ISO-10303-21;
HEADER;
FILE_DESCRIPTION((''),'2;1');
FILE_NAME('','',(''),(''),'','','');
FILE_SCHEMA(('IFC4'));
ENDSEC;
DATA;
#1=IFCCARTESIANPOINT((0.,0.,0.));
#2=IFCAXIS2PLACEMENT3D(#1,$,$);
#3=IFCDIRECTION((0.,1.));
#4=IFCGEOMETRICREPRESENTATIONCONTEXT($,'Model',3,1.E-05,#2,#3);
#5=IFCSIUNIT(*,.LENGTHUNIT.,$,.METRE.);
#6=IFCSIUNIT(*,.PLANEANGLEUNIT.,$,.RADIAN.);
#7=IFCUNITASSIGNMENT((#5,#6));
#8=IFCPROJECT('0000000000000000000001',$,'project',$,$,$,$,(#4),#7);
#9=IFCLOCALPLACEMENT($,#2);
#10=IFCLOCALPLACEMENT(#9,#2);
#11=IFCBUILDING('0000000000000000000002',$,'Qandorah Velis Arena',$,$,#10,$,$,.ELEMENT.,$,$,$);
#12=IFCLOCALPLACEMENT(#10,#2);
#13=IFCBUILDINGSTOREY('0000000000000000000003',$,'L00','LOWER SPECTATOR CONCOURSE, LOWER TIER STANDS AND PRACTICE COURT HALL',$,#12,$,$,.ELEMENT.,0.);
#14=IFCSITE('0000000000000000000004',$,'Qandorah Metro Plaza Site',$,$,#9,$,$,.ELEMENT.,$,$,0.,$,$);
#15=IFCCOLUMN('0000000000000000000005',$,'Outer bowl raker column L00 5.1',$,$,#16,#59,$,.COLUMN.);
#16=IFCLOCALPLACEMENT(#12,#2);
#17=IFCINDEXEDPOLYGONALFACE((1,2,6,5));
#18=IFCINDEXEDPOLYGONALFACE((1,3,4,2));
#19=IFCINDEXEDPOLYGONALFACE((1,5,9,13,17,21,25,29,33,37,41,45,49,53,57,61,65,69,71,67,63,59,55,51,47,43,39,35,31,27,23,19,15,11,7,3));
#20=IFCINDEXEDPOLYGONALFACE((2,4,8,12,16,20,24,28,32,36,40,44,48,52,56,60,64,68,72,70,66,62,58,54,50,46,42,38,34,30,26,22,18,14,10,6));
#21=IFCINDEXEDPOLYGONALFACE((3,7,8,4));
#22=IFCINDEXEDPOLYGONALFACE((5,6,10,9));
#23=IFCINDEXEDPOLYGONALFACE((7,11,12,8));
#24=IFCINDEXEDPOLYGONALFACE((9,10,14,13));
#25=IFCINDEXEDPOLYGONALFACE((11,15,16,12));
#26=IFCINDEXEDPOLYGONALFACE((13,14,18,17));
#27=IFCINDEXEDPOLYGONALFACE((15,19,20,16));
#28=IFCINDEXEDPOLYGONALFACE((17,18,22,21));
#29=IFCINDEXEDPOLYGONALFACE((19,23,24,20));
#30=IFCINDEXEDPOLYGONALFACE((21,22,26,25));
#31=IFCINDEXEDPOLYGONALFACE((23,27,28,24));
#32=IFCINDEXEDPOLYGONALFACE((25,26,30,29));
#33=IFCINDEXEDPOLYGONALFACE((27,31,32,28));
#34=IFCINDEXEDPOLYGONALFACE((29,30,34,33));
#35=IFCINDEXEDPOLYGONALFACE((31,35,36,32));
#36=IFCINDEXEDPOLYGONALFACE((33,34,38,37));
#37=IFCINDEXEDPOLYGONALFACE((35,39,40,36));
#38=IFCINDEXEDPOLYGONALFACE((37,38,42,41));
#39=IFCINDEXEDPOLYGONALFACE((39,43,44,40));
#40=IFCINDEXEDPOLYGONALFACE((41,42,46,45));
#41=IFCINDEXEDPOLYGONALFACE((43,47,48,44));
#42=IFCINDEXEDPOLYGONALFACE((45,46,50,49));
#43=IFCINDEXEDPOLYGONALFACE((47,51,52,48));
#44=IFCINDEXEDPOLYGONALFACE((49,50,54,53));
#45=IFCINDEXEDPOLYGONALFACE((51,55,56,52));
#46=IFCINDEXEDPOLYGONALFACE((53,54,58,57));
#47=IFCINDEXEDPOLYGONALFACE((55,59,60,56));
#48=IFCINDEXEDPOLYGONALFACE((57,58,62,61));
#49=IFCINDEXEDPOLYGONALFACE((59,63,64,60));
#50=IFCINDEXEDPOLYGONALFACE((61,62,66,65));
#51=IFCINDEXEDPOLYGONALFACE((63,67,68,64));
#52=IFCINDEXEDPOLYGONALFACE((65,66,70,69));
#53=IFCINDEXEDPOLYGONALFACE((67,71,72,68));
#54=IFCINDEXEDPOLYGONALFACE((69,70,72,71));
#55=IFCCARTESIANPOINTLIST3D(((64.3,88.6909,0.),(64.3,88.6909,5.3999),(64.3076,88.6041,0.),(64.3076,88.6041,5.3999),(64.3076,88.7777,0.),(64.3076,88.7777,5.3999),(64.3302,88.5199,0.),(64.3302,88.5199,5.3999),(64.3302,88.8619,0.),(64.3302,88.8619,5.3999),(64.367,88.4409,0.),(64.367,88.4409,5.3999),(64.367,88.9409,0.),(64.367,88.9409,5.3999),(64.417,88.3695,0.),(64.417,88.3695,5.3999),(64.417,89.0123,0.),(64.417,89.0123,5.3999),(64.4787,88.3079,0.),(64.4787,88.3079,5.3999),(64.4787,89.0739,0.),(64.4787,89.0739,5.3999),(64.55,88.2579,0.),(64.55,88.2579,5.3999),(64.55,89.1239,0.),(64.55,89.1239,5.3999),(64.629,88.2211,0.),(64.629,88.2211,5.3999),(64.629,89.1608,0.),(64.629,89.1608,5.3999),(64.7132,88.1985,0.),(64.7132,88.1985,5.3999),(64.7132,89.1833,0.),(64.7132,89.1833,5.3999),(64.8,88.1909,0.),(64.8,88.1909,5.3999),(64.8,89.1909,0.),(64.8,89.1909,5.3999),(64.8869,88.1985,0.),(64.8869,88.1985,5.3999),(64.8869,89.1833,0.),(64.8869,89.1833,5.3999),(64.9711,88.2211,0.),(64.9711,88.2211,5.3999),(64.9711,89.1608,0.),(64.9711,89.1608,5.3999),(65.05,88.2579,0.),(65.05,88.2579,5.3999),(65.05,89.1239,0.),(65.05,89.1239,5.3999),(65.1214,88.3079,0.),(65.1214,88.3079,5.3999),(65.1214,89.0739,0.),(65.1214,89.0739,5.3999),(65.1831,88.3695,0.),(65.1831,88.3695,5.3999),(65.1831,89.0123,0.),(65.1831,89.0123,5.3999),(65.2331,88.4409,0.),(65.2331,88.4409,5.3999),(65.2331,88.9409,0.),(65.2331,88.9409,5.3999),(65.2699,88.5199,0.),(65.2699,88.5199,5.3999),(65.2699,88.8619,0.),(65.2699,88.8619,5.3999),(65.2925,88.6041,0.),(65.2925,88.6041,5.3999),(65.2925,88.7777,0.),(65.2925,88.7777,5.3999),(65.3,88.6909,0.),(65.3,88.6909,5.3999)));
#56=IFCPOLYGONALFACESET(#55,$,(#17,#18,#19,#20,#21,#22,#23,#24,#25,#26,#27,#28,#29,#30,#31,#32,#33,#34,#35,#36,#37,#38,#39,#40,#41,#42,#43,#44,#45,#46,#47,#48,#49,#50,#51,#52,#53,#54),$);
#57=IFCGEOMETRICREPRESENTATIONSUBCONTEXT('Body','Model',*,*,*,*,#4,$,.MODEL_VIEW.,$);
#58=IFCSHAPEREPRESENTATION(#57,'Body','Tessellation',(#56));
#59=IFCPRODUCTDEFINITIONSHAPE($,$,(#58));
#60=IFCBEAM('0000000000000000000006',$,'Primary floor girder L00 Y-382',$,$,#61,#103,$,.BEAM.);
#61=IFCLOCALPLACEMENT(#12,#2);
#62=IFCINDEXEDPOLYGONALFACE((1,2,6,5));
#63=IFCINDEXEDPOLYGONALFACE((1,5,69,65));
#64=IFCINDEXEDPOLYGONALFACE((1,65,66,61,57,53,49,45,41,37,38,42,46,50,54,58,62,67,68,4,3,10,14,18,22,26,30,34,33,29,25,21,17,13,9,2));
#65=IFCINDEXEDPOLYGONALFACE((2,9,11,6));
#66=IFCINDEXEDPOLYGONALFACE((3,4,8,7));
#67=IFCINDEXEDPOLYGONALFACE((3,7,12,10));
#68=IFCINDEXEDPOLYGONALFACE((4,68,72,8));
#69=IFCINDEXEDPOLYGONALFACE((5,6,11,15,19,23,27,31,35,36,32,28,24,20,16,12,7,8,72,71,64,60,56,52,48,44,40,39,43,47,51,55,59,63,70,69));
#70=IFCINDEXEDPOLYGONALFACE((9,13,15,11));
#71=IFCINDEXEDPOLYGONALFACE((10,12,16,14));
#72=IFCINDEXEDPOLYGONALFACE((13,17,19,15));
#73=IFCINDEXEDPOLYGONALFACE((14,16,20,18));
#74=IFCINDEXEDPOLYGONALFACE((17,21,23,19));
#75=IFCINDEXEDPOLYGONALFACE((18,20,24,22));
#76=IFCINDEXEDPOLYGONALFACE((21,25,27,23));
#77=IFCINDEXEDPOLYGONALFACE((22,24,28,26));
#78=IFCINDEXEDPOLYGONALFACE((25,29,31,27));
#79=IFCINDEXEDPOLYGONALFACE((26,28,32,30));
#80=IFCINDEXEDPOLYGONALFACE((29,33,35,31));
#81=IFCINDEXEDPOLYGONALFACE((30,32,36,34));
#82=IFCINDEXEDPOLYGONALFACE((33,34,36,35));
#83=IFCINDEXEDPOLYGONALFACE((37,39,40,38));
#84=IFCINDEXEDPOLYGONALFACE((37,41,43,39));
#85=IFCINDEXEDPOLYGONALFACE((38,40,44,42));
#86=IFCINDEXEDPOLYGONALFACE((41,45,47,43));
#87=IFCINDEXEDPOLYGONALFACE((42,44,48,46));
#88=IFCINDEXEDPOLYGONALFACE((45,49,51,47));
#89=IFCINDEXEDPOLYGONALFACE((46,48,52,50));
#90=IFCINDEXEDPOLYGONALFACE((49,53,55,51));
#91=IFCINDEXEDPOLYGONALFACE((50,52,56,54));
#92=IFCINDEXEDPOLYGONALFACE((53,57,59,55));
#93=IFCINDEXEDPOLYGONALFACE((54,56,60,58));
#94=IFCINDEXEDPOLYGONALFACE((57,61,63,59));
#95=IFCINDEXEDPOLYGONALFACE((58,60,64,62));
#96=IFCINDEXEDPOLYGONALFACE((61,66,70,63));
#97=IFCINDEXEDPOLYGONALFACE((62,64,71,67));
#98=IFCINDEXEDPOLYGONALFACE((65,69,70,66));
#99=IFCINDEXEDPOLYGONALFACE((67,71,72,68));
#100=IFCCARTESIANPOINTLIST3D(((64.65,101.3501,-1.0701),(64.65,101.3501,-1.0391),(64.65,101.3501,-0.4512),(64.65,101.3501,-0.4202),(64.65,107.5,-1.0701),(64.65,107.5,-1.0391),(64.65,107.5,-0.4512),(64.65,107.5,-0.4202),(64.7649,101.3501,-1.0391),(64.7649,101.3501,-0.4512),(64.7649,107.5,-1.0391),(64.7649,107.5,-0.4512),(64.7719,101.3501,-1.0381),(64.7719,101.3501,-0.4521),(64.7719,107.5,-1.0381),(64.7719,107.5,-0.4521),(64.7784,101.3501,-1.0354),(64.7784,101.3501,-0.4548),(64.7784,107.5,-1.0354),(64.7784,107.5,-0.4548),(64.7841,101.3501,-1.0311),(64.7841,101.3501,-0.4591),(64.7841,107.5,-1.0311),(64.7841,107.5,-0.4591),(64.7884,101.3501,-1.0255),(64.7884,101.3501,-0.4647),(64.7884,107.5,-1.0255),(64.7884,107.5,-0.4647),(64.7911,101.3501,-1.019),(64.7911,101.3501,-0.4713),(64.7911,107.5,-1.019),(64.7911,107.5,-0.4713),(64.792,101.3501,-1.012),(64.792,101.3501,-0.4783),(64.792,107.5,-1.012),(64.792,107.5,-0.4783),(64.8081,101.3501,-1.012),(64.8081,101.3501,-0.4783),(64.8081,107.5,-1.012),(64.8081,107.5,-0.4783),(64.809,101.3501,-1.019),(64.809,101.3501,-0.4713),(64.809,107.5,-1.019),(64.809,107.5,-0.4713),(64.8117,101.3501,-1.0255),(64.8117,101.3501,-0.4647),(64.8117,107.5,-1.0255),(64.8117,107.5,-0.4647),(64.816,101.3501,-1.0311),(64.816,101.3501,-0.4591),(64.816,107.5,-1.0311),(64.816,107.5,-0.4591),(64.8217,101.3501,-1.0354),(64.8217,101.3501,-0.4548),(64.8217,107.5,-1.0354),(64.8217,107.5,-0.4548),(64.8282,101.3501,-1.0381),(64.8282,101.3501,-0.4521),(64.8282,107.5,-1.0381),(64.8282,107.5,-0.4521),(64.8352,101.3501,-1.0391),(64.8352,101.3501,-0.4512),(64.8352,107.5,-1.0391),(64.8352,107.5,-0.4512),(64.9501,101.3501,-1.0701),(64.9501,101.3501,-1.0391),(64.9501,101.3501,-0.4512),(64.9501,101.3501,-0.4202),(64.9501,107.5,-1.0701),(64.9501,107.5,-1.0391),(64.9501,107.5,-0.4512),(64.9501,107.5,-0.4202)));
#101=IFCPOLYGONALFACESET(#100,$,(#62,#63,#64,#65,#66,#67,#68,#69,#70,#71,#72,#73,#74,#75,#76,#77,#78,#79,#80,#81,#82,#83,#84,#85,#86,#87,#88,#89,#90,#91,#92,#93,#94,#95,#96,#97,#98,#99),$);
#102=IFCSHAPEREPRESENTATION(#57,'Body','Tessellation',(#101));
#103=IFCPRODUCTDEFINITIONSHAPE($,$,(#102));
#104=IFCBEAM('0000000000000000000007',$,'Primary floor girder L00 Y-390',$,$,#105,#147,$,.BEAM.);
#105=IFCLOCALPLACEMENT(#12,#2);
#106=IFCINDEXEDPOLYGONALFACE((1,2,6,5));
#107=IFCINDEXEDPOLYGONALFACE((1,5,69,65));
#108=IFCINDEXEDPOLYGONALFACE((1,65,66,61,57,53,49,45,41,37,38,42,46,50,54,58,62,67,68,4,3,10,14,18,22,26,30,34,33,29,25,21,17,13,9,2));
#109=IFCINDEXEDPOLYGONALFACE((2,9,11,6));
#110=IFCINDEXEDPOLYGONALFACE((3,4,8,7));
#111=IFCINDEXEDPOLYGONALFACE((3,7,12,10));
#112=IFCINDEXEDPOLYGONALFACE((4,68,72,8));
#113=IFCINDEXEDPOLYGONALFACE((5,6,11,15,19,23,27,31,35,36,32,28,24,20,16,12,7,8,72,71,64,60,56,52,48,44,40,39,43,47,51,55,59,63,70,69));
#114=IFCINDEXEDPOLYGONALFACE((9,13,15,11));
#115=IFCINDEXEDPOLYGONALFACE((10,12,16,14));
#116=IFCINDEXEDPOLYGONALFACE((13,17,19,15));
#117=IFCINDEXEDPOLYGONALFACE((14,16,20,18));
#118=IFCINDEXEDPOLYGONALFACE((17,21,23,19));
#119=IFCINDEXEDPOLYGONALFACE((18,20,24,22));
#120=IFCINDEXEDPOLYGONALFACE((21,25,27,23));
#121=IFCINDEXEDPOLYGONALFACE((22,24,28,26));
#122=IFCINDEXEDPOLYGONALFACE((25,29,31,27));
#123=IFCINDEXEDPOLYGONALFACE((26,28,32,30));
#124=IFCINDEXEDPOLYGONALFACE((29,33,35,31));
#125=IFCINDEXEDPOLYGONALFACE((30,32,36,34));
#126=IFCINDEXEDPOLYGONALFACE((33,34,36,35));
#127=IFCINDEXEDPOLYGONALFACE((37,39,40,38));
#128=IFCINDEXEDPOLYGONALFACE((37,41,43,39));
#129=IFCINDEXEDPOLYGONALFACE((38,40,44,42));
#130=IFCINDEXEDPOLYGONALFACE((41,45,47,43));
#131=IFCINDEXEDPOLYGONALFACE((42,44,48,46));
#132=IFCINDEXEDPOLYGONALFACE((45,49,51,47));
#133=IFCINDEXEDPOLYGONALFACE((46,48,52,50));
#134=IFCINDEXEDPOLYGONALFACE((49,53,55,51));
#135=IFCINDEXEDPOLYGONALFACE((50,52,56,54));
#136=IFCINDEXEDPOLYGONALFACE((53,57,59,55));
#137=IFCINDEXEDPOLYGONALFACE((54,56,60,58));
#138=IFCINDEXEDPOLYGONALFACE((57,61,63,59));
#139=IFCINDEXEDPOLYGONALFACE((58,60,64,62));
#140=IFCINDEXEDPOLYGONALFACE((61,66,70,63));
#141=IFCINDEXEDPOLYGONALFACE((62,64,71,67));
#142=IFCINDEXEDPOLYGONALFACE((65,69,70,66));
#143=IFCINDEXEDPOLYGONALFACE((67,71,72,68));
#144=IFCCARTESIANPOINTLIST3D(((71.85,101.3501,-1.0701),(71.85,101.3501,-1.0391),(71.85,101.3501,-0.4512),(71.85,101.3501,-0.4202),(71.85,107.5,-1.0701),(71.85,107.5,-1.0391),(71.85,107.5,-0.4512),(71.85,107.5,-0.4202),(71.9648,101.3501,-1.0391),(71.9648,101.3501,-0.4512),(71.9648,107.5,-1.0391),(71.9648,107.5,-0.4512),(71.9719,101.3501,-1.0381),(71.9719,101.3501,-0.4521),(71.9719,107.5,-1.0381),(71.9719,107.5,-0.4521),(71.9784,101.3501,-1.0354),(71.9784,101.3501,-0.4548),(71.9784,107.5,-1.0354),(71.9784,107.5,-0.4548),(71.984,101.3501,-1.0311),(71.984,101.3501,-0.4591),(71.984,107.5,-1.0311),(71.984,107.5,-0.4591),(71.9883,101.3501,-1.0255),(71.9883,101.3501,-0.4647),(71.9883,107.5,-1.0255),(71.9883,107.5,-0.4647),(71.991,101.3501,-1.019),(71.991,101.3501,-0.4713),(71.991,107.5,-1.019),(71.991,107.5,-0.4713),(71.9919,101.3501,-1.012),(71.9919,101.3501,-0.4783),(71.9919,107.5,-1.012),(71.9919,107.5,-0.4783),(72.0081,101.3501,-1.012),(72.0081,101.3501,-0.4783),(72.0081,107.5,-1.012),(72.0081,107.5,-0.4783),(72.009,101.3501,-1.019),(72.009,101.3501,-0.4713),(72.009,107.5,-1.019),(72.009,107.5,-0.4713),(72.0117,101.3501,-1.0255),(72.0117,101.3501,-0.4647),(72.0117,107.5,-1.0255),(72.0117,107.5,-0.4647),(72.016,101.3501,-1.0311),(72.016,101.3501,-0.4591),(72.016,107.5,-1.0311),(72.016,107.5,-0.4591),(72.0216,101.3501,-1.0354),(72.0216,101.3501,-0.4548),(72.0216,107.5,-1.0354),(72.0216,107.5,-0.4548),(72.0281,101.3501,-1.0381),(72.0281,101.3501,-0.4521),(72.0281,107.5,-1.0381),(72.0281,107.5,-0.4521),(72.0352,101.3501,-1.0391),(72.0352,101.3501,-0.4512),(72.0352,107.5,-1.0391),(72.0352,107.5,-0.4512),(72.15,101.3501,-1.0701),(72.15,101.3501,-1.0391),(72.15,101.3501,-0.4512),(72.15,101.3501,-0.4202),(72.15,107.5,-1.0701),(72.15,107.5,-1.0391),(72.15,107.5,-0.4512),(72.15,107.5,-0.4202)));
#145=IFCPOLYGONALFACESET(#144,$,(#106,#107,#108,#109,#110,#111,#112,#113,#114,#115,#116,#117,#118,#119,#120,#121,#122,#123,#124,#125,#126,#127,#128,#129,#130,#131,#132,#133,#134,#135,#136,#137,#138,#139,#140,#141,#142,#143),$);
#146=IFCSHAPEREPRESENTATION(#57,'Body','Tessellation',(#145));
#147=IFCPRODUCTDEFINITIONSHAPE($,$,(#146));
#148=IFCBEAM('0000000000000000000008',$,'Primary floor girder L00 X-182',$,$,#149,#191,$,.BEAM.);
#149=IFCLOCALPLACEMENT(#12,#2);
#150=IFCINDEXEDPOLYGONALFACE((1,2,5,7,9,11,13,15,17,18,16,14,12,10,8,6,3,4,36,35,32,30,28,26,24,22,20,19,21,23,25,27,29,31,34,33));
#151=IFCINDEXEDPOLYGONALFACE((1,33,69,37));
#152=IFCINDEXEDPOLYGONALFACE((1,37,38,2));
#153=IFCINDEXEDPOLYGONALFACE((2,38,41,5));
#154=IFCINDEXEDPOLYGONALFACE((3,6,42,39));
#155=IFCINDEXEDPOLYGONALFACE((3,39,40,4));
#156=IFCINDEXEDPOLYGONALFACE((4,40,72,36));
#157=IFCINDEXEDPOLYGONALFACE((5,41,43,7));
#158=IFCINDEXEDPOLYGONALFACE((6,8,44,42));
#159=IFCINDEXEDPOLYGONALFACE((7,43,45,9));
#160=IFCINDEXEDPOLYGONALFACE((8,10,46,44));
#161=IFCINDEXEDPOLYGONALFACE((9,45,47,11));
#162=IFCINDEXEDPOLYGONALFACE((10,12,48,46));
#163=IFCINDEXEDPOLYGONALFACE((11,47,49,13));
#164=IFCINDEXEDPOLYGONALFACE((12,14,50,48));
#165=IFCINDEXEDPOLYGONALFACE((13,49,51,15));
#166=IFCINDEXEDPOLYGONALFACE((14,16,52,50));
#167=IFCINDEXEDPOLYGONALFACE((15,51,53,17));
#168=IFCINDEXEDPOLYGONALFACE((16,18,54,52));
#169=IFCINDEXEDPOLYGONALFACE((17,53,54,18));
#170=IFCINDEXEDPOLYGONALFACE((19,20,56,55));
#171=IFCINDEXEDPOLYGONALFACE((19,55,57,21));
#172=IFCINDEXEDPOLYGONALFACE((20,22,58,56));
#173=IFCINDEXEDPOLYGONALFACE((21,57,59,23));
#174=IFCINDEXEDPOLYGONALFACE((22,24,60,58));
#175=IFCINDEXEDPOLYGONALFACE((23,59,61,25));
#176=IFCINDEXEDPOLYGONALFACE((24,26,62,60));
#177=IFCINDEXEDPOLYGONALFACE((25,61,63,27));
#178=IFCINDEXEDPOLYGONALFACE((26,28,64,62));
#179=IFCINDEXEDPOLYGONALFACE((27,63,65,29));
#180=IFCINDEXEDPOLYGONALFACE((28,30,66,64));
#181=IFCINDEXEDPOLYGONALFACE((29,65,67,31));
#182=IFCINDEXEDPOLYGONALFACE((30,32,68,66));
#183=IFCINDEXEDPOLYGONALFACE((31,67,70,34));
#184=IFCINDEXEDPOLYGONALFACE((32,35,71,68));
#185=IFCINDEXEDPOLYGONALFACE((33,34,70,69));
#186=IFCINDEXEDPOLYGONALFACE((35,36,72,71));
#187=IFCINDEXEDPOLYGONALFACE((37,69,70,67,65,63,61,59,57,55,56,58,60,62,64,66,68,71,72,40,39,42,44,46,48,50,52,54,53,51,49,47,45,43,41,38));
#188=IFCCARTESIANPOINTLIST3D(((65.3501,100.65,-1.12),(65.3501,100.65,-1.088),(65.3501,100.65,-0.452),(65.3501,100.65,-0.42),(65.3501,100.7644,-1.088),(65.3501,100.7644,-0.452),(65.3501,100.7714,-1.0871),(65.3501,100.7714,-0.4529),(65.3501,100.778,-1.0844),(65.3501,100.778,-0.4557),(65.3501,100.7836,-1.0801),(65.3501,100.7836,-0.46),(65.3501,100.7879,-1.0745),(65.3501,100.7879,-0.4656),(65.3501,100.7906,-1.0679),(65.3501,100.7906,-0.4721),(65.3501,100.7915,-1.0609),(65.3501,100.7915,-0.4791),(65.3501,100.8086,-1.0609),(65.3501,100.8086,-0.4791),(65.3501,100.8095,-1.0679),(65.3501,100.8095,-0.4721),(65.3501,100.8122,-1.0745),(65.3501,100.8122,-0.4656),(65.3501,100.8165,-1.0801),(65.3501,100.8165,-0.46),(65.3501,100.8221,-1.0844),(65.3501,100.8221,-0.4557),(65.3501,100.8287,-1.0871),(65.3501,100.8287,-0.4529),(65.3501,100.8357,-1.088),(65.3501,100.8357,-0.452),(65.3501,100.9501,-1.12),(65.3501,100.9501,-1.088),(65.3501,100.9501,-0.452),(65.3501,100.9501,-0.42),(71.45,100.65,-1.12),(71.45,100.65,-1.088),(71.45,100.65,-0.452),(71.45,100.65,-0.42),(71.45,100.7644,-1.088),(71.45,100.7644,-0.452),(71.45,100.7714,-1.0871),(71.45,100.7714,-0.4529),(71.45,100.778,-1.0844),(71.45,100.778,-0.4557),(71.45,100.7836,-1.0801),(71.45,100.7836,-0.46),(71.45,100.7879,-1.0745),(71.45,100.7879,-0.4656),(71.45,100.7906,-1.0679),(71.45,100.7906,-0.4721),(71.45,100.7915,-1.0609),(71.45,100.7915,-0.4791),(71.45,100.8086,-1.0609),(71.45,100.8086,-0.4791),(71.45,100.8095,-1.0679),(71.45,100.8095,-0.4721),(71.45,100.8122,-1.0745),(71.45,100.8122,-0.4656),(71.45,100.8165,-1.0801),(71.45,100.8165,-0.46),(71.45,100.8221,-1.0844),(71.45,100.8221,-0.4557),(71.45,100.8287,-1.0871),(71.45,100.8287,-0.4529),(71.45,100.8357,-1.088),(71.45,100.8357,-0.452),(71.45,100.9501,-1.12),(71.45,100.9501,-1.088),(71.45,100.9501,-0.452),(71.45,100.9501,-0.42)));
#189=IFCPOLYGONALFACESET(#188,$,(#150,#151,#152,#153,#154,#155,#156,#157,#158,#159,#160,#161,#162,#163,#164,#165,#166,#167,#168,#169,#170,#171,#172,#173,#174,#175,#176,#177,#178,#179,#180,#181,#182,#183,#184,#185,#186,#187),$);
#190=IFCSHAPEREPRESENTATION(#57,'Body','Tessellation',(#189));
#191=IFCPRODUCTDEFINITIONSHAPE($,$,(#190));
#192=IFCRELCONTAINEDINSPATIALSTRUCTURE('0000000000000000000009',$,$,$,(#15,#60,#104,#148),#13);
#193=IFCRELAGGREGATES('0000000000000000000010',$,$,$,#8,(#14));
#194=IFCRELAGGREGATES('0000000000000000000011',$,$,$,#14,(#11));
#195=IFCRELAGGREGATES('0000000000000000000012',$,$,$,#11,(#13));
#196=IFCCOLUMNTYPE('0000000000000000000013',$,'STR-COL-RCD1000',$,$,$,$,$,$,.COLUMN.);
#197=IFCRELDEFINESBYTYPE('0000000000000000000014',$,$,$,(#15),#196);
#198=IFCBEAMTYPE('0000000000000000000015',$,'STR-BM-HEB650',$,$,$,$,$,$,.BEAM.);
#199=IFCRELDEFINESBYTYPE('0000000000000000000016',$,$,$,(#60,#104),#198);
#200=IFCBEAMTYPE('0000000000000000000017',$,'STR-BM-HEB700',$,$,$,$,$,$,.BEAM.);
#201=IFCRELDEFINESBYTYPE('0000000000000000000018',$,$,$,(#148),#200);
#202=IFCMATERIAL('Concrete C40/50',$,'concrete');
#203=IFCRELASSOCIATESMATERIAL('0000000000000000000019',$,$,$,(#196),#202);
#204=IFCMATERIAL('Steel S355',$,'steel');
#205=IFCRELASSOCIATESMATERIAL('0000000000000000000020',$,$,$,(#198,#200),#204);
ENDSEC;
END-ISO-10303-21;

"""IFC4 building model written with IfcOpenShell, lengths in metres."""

from ifc_helpers import new_model, si_unit, direction, frame, origin, origin_2d, place, context, subcontext, project, spatial, circle, i_section, extrude, material, material_profile, profile_set, type_object, element, save


model = new_model("IFC4")

# Units and contexts
model_context = context("Model", 3, precision=1e-05, world=origin(), true_north=direction((0.0, 1.0)))
body_context = subcontext(model_context, "Body", "Model", "MODEL_VIEW")
ifc_project = project(units=[si_unit("LENGTHUNIT", "METRE"), si_unit("PLANEANGLEUNIT", "RADIAN")], contexts=[model_context])

# Site, building, storey
site_placement = place(None, origin())
site = spatial("IfcSite", under=ifc_project, at=site_placement, Name="Qandorah Metro Plaza Site", CompositionType="ELEMENT", RefElevation=0.0)
building_placement = place(site_placement, origin())
building = spatial("IfcBuilding", under=site, at=building_placement, Name="Qandorah Velis Arena", CompositionType="ELEMENT")
storey_placement = place(building_placement, origin())
storey = spatial("IfcBuildingStorey", under=building, at=storey_placement, Name="L00", Description="LOWER SPECTATOR CONCOURSE, LOWER TIER STANDS AND PRACTICE COURT HALL", CompositionType="ELEMENT", Elevation=0.0)

# Column
ifc_material_1 = material(Name="Concrete C40/50", Category="concrete")
ifc_material_profile_1 = material_profile(ifc_material_1, circle(Radius=0.5, at=origin_2d()), Name="RC D1000")
ifc_profile_set_1 = profile_set([ifc_material_profile_1], Name="Concrete C40/50")
column_type_1 = type_object("IfcColumnType", Name="STR-COL-RCD1000", PredefinedType="COLUMN", material=ifc_profile_set_1)
for number, where, z_axis, x_axis, name in (
    (1, (64.8, 88.6909, 0.0), (0.0, 0.0, 1.0), (1.0, 0.0, 0.0), "Outer bowl raker column L00 5.1"),
):
    element("IfcColumn", number, at=place(storey_placement, frame(where, z_axis=z_axis, x_axis=x_axis)), inside=storey, type_object=column_type_1, Name=name, PredefinedType="COLUMN", context=body_context, shape_type="SweptSolid", body=[
        extrude(circle(Radius=0.5, at=origin_2d()), origin(), (0.0, 0.0, 1.0), 5.3999),
    ])

# Beams
ifc_material_2 = material(Name="Steel S355", Category="steel")
ifc_material_profile_2 = material_profile(ifc_material_2, i_section(OverallWidth=0.3, OverallDepth=0.6499, WebThickness=0.0161, FlangeThickness=0.031, FilletRadius=0.0271, at=origin_2d()), Name="HEB 650")
ifc_profile_set_2 = profile_set([ifc_material_profile_2], Name="Steel S355")
beam_type_1 = type_object("IfcBeamType", Name="STR-BM-HEB650", PredefinedType="BEAM", material=ifc_profile_set_2)
for number, where, z_axis, x_axis, name in (
    (2, (64.8, 101.3501, -0.7451), (0.0, 1.0, 0.0), (-1.0, 0.0, 0.0), "Primary floor girder L00 Y-382"),
    (3, (72.0, 101.3501, -0.7451), (0.0, 1.0, 0.0), (-1.0, 0.0, 0.0), "Primary floor girder L00 Y-390"),
):
    element("IfcBeam", number, at=place(storey_placement, frame(where, z_axis=z_axis, x_axis=x_axis)), inside=storey, type_object=beam_type_1, Name=name, PredefinedType="BEAM", context=body_context, shape_type="SweptSolid", body=[
        extrude(i_section(OverallWidth=0.3, OverallDepth=0.6499, WebThickness=0.0161, FlangeThickness=0.031, FilletRadius=0.0271, at=origin_2d()), origin(), (0.0, 0.0, 1.0), 6.1499),
    ])
ifc_material_profile_3 = material_profile(ifc_material_2, i_section(OverallWidth=0.3, OverallDepth=0.7, WebThickness=0.0171, FlangeThickness=0.032, FilletRadius=0.0271, at=origin_2d()), Name="HEB 700")
ifc_profile_set_3 = profile_set([ifc_material_profile_3], Name="Steel S355")
beam_type_2 = type_object("IfcBeamType", Name="STR-BM-HEB700", PredefinedType="BEAM", material=ifc_profile_set_3)
for number, where, z_axis, x_axis, name in (
    (4, (65.3501, 100.8, -0.77), (1.0, 0.0, 0.0), (0.0, 1.0, 0.0), "Primary floor girder L00 X-182"),
):
    element("IfcBeam", number, at=place(storey_placement, frame(where, z_axis=z_axis, x_axis=x_axis)), inside=storey, type_object=beam_type_2, Name=name, PredefinedType="BEAM", context=body_context, shape_type="SweptSolid", body=[
        extrude(i_section(OverallWidth=0.3, OverallDepth=0.7, WebThickness=0.0171, FlangeThickness=0.032, FilletRadius=0.0271, at=origin_2d()), origin(), (0.0, 0.0, 1.0), 6.0999),
    ])

save(model, "model.ifc")
